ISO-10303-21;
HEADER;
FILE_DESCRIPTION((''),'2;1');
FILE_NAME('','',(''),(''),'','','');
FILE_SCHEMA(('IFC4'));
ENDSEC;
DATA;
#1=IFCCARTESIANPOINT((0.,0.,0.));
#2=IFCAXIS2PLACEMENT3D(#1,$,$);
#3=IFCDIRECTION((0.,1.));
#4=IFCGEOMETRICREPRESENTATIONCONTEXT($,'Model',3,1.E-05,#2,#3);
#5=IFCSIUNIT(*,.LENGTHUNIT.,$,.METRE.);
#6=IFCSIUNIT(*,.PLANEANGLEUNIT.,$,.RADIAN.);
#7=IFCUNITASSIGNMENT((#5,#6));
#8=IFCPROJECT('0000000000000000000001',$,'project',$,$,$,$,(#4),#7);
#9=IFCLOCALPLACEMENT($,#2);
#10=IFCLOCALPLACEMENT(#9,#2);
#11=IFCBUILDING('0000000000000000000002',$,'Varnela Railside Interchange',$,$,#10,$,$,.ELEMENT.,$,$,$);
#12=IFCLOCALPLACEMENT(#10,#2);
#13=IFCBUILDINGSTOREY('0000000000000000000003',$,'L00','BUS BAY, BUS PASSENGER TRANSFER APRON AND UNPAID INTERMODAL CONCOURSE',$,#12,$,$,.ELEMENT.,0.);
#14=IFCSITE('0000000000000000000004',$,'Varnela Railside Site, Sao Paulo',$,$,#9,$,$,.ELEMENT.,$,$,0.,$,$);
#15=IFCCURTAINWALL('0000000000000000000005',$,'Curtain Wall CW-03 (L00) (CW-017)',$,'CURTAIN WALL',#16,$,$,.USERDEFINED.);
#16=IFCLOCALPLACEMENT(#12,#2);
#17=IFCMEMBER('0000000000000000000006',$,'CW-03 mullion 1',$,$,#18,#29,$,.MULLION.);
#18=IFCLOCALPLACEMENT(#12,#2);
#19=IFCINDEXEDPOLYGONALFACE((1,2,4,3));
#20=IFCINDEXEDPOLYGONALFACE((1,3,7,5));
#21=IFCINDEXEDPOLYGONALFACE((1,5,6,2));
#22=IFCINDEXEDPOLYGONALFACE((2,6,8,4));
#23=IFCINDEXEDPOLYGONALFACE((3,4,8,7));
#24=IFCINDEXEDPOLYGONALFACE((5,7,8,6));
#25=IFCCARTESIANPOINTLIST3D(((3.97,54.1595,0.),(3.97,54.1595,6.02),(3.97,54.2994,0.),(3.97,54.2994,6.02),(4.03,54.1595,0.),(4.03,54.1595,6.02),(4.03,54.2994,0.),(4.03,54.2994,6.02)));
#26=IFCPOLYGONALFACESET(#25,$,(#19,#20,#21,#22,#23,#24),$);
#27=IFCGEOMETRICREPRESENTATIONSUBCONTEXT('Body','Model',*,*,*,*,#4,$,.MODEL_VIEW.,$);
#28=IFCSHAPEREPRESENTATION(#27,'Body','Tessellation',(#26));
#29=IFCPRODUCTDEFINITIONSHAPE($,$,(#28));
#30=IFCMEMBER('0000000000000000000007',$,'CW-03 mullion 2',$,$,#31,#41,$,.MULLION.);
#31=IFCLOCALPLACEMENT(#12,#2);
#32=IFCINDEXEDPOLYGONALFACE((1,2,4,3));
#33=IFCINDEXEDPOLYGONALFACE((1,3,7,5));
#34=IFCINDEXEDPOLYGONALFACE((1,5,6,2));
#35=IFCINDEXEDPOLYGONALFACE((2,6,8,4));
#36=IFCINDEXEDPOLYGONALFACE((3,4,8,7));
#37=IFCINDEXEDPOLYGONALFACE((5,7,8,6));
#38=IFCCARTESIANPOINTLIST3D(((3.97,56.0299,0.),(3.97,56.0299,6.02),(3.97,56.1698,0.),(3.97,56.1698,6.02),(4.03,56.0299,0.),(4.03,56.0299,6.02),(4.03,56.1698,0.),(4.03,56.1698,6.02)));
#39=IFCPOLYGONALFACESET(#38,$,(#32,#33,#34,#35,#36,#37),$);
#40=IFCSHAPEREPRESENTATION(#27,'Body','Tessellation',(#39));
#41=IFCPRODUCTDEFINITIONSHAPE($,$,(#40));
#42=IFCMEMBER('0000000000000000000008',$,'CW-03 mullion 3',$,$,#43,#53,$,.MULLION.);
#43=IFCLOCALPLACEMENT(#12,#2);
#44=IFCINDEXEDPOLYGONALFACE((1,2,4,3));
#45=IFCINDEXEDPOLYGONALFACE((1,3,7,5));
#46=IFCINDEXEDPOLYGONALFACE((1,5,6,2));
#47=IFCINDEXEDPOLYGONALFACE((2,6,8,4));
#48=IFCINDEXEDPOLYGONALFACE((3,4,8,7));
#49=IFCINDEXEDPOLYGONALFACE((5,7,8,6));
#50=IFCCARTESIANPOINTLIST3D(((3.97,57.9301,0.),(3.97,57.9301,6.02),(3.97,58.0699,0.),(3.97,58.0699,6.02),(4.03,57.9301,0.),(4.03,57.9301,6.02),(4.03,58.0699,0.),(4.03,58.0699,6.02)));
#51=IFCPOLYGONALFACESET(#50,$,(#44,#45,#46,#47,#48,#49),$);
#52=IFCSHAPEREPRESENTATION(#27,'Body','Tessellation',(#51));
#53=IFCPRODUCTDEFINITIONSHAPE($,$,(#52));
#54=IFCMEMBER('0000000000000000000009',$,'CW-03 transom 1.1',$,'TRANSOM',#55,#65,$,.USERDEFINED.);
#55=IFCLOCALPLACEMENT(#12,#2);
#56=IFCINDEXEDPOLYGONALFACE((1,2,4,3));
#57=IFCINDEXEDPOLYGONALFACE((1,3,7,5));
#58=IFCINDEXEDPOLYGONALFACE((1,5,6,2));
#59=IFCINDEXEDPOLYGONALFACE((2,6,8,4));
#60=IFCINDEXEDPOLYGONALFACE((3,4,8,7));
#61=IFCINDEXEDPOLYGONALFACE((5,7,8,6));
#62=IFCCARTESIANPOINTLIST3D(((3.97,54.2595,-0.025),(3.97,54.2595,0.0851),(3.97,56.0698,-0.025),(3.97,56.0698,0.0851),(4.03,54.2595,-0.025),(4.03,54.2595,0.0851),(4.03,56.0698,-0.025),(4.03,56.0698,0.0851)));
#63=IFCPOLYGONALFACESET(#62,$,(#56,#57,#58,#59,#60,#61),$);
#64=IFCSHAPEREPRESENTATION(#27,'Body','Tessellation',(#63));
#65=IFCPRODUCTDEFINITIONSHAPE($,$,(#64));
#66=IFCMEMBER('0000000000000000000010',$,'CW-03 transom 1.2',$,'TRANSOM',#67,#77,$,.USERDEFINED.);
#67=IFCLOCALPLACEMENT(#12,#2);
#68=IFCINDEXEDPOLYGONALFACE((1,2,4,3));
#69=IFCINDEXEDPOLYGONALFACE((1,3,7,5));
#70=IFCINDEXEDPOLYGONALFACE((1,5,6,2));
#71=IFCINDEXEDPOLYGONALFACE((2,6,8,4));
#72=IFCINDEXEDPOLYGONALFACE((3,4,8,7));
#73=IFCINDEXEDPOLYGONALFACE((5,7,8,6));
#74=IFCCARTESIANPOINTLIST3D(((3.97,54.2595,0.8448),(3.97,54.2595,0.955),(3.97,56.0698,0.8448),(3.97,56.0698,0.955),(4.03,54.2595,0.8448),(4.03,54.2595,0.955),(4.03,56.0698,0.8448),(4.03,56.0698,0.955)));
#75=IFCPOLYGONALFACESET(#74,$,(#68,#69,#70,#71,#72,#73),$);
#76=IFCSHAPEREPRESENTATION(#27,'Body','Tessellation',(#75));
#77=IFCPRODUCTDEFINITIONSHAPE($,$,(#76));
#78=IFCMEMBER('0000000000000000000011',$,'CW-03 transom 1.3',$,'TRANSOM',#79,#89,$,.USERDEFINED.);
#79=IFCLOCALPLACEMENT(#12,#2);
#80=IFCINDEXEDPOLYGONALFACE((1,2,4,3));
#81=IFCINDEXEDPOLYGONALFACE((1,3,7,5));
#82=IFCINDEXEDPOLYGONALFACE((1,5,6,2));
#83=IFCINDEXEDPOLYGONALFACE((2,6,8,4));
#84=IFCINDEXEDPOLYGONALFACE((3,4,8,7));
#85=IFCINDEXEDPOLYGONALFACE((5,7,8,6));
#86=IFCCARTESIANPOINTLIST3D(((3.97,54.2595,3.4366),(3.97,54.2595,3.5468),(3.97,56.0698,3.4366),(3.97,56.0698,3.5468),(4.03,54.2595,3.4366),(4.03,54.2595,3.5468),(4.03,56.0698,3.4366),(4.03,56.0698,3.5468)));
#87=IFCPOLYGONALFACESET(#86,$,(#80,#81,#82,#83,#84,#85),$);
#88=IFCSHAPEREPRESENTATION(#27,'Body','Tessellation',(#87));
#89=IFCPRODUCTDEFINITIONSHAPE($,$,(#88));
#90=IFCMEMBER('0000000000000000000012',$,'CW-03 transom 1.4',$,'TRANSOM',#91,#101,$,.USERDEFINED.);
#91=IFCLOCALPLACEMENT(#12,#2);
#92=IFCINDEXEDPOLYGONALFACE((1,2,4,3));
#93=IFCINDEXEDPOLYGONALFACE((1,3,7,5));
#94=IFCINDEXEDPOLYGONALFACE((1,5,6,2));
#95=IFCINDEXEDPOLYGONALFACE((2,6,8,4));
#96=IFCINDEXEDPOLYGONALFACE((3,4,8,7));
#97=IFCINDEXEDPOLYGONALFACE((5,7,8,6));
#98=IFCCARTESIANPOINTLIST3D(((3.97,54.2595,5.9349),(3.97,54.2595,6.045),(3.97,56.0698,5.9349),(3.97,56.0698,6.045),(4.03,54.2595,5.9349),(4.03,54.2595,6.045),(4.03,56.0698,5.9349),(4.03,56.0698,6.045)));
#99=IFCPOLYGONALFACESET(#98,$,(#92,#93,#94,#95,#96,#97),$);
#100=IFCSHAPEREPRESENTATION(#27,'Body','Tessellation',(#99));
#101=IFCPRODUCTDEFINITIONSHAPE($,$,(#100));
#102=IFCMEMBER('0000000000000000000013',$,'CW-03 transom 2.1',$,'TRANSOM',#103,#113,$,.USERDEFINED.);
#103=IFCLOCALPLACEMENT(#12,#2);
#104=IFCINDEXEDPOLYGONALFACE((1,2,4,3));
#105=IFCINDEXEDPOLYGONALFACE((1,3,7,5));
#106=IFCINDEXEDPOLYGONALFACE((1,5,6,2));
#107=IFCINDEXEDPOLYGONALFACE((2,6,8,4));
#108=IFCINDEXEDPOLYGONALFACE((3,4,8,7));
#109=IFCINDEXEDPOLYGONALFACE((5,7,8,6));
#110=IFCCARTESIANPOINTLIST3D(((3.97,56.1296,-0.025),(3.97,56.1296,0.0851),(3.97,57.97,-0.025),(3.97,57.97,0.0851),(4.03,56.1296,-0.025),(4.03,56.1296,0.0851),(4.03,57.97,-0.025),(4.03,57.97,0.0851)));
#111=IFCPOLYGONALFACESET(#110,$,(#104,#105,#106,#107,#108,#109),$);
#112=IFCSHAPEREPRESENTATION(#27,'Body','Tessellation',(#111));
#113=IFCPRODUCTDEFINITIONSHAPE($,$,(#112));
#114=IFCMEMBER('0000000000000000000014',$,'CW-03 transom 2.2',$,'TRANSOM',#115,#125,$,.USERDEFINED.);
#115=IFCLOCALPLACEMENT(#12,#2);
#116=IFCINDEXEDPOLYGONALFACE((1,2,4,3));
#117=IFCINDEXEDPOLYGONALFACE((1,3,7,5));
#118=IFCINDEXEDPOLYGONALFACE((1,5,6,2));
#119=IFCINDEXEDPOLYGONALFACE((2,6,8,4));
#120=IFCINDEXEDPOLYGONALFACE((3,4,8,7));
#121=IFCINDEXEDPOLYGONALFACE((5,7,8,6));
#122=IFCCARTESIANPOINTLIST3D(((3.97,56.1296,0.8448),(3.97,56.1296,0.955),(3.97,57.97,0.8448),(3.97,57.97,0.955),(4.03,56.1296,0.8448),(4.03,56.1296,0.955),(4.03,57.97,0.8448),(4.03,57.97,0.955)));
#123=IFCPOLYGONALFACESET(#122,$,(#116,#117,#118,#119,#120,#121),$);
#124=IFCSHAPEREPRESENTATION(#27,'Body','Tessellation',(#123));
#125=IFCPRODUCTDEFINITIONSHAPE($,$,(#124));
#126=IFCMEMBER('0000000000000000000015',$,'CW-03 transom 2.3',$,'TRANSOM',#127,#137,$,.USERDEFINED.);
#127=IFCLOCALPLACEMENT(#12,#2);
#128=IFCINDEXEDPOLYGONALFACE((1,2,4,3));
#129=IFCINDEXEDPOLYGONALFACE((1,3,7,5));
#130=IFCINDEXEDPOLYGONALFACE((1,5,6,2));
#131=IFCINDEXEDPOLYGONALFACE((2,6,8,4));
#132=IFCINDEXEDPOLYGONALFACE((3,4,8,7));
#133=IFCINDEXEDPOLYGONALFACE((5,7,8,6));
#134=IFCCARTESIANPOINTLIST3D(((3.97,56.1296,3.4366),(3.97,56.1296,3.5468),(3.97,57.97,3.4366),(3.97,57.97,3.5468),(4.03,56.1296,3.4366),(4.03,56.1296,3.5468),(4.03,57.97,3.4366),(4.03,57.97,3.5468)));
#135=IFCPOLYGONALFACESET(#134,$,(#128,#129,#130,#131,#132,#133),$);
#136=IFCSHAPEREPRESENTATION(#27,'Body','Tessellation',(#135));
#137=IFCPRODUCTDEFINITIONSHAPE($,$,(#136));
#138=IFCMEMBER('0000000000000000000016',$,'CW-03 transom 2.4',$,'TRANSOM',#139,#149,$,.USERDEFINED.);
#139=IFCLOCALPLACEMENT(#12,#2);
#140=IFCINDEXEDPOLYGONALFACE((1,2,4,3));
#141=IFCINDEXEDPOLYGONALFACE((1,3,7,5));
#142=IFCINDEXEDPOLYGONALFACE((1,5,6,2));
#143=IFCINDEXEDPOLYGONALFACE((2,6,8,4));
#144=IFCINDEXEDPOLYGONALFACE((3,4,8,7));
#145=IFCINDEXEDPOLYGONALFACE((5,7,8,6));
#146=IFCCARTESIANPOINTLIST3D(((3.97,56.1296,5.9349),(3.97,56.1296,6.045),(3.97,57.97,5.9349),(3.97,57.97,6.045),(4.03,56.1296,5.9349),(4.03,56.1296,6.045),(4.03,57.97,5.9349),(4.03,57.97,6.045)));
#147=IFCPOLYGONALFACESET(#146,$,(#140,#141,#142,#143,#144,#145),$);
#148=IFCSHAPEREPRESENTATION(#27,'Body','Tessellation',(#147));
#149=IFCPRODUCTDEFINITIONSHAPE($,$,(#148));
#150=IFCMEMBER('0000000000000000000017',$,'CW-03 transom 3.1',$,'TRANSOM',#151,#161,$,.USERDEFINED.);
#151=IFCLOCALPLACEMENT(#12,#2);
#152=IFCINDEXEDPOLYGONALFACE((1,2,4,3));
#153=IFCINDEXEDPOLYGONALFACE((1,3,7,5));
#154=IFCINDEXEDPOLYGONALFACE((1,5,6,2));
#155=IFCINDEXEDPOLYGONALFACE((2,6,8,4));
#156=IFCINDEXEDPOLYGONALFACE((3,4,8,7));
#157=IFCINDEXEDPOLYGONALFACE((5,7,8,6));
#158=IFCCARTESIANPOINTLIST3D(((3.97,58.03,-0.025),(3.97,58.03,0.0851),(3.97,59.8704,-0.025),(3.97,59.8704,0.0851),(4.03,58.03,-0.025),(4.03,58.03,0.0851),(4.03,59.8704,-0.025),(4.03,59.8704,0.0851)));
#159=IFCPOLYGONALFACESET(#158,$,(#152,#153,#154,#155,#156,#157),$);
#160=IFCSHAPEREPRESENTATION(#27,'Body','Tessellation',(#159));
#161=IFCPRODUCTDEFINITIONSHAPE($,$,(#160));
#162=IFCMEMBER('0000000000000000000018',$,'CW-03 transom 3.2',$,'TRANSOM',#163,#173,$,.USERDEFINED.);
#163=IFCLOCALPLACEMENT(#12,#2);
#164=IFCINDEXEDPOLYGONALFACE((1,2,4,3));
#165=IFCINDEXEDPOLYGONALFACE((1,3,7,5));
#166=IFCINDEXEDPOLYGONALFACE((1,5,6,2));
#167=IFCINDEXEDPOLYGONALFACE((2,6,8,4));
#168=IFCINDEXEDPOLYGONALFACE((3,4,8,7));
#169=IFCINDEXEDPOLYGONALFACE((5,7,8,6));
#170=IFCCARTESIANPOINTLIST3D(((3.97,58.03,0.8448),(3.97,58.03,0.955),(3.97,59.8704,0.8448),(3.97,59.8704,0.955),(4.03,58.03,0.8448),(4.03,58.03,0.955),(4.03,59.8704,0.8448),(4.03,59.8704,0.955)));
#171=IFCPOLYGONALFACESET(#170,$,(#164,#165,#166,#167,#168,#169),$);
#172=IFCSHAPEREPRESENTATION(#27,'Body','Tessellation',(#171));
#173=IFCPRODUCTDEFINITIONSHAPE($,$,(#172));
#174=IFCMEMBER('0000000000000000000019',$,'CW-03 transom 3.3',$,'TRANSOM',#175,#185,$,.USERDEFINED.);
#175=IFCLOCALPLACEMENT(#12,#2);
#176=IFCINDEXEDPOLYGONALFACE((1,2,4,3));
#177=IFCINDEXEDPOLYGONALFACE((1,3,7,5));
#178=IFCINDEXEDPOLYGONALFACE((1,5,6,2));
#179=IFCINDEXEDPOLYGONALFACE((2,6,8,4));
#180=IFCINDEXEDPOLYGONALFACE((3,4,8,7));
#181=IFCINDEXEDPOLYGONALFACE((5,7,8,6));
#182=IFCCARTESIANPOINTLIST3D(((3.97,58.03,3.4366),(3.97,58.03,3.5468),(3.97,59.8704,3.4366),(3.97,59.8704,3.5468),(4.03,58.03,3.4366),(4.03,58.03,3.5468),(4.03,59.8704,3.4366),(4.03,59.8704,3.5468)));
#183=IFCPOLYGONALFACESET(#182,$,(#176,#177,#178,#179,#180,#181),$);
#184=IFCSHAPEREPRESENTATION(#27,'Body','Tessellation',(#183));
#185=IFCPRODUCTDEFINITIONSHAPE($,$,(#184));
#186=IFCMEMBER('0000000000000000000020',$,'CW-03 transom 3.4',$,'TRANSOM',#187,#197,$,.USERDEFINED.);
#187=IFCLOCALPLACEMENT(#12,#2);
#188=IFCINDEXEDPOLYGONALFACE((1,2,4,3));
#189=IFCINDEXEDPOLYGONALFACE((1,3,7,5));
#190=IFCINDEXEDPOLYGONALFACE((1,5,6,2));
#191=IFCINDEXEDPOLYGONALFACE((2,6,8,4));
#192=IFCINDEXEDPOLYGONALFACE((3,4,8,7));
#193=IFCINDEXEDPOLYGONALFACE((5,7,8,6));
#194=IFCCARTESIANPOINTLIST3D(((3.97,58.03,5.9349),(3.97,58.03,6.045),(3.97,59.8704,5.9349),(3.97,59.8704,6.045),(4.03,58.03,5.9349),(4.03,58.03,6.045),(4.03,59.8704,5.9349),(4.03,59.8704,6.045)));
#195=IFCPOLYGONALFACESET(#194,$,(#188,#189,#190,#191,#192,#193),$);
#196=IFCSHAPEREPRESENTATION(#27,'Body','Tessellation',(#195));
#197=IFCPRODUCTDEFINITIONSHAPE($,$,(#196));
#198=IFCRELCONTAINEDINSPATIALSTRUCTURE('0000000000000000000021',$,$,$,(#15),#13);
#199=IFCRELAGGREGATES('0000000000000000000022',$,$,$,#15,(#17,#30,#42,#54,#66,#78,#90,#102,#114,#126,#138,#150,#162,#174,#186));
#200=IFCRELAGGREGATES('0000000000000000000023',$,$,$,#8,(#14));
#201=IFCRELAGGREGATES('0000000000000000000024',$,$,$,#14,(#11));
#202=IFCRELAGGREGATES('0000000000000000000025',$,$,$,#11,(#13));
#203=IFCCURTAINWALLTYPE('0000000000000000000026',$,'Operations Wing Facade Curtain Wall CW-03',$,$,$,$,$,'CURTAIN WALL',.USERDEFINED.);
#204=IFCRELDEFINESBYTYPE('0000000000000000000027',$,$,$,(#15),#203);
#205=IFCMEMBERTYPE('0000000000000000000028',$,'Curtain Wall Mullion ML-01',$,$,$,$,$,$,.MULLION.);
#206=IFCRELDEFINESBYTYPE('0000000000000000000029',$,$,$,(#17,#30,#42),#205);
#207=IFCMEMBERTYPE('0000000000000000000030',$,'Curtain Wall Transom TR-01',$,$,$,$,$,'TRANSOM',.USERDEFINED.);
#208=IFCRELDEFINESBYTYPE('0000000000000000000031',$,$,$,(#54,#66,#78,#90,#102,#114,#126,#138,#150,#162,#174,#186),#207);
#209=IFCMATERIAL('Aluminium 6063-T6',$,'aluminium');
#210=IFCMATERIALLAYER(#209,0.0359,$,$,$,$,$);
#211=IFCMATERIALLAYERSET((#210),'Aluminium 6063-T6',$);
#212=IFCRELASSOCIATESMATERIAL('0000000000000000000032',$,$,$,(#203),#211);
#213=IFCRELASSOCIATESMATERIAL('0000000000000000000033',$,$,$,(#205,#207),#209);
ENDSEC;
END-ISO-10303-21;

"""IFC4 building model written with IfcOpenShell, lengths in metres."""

from ifc_helpers import new_model, si_unit, direction, frame, origin, origin_2d, place, context, subcontext, project, spatial, rectangle, extrude, material, layer, layer_set, material_profile, profile_set, type_object, element, aggregate, save


model = new_model("IFC4")

# Units and contexts
model_context = context("Model", 3, precision=1e-05, world=origin(), true_north=direction((0.0, 1.0)))
body_context = subcontext(model_context, "Body", "Model", "MODEL_VIEW")
ifc_project = project(units=[si_unit("LENGTHUNIT", "METRE"), si_unit("PLANEANGLEUNIT", "RADIAN")], contexts=[model_context])

# Site, building, storey
site_placement = place(None, origin())
site = spatial("IfcSite", under=ifc_project, at=site_placement, Name="Varnela Railside Site, Sao Paulo", CompositionType="ELEMENT", RefElevation=0.0)
building_placement = place(site_placement, origin())
building = spatial("IfcBuilding", under=site, at=building_placement, Name="Varnela Railside Interchange", CompositionType="ELEMENT")
storey_placement = place(building_placement, origin())
storey = spatial("IfcBuildingStorey", under=building, at=storey_placement, Name="L00", Description="BUS BAY, BUS PASSENGER TRANSFER APRON AND UNPAID INTERMODAL CONCOURSE", CompositionType="ELEMENT", Elevation=0.0)

# Curtain wall, members
ifc_material_1 = material(Name="Aluminium 6063-T6", Category="aluminium")
ifc_layer_1 = layer(ifc_material_1, 0.0359)
ifc_layer_set_1 = layer_set([ifc_layer_1], Name="Aluminium 6063-T6")
curtain_wall_type = type_object("IfcCurtainWallType", Name="Operations Wing Facade Curtain Wall CW-03", ElementType="CURTAIN WALL", PredefinedType="USERDEFINED", material=ifc_layer_set_1)
curtain_wall_placement = place(storey_placement, origin())
curtain_wall = element("IfcCurtainWall", 1, at=curtain_wall_placement, inside=storey, type_object=curtain_wall_type, Name="Curtain Wall CW-03 (L00) (CW-017)", ObjectType="CURTAIN WALL", PredefinedType="USERDEFINED")
ifc_material_profile_1 = material_profile(ifc_material_1, rectangle(XDim=0.0601, YDim=0.1399, at=origin_2d()), Name="ALU 60x140")
ifc_profile_set_1 = profile_set([ifc_material_profile_1], Name="Aluminium 6063-T6")
member_type_1 = type_object("IfcMemberType", Name="Curtain Wall Mullion ML-01", PredefinedType="MULLION", material=ifc_profile_set_1)
member_1_placement = place(storey_placement, frame((4.0, 54.2295, 0.0), z_axis=(0.0, 0.0, 1.0), x_axis=(-1.0, 0.0, 0.0)))
member_1 = element("IfcMember", 2, at=member_1_placement, type_object=member_type_1, Name="CW-03 mullion 1", PredefinedType="MULLION", context=body_context, shape_type="SweptSolid", body=[
    extrude(rectangle(XDim=0.0601, YDim=0.1399, at=origin_2d()), origin(), (0.0, 0.0, 1.0), 6.02),
])
member_2_placement = place(storey_placement, frame((4.0, 56.0999, 0.0), z_axis=(0.0, 0.0, 1.0), x_axis=(-1.0, 0.0, 0.0)))
member_2 = element("IfcMember", 3, at=member_2_placement, type_object=member_type_1, Name="CW-03 mullion 2", PredefinedType="MULLION", context=body_context, shape_type="SweptSolid", body=[
    extrude(rectangle(XDim=0.0601, YDim=0.1399, at=origin_2d()), origin(), (0.0, 0.0, 1.0), 6.02),
])
member_3_placement = place(storey_placement, frame((4.0, 58.0, 0.0), z_axis=(0.0, 0.0, 1.0), x_axis=(-1.0, 0.0, 0.0)))
member_3 = element("IfcMember", 4, at=member_3_placement, type_object=member_type_1, Name="CW-03 mullion 3", PredefinedType="MULLION", context=body_context, shape_type="SweptSolid", body=[
    extrude(rectangle(XDim=0.0601, YDim=0.1399, at=origin_2d()), origin(), (0.0, 0.0, 1.0), 6.02),
])
ifc_material_profile_2 = material_profile(ifc_material_1, rectangle(XDim=0.0601, YDim=0.1101, at=origin_2d()), Name="ALU 60x110")
ifc_profile_set_2 = profile_set([ifc_material_profile_2], Name="Aluminium 6063-T6")
member_type_2 = type_object("IfcMemberType", Name="Curtain Wall Transom TR-01", ElementType="TRANSOM", PredefinedType="USERDEFINED", material=ifc_profile_set_2)
member_4_placement = place(storey_placement, frame((4.0, 54.2595, 0.03), z_axis=(0.0, 1.0, 0.0), x_axis=(-1.0, 0.0, 0.0)))
member_4 = element("IfcMember", 5, at=member_4_placement, type_object=member_type_2, Name="CW-03 transom 1.1", ObjectType="TRANSOM", PredefinedType="USERDEFINED", context=body_context, shape_type="SweptSolid", body=[
    extrude(rectangle(XDim=0.0601, YDim=0.1101, at=origin_2d()), origin(), (0.0, 0.0, 1.0), 1.8103),
])
member_5_placement = place(storey_placement, frame((4.0, 54.2595, 0.8999), z_axis=(0.0, 1.0, 0.0), x_axis=(-1.0, 0.0, 0.0)))
member_5 = element("IfcMember", 6, at=member_5_placement, type_object=member_type_2, Name="CW-03 transom 1.2", ObjectType="TRANSOM", PredefinedType="USERDEFINED", context=body_context, shape_type="SweptSolid", body=[
    extrude(rectangle(XDim=0.0601, YDim=0.1101, at=origin_2d()), origin(), (0.0, 0.0, 1.0), 1.8103),
])
member_6_placement = place(storey_placement, frame((4.0, 54.2595, 3.4917), z_axis=(0.0, 1.0, 0.0), x_axis=(-1.0, 0.0, 0.0)))
member_6 = element("IfcMember", 7, at=member_6_placement, type_object=member_type_2, Name="CW-03 transom 1.3", ObjectType="TRANSOM", PredefinedType="USERDEFINED", context=body_context, shape_type="SweptSolid", body=[
    extrude(rectangle(XDim=0.0601, YDim=0.1101, at=origin_2d()), origin(), (0.0, 0.0, 1.0), 1.8103),
])
member_7_placement = place(storey_placement, frame((4.0, 54.2595, 5.99), z_axis=(0.0, 1.0, 0.0), x_axis=(-1.0, 0.0, 0.0)))
member_7 = element("IfcMember", 8, at=member_7_placement, type_object=member_type_2, Name="CW-03 transom 1.4", ObjectType="TRANSOM", PredefinedType="USERDEFINED", context=body_context, shape_type="SweptSolid", body=[
    extrude(rectangle(XDim=0.0601, YDim=0.1101, at=origin_2d()), origin(), (0.0, 0.0, 1.0), 1.8103),
])
member_8_placement = place(storey_placement, frame((4.0, 56.1296, 0.03), z_axis=(0.0, 1.0, 0.0), x_axis=(-1.0, 0.0, 0.0)))
member_8 = element("IfcMember", 9, at=member_8_placement, type_object=member_type_2, Name="CW-03 transom 2.1", ObjectType="TRANSOM", PredefinedType="USERDEFINED", context=body_context, shape_type="SweptSolid", body=[
    extrude(rectangle(XDim=0.0601, YDim=0.1101, at=origin_2d()), origin(), (0.0, 0.0, 1.0), 1.8403),
])
member_9_placement = place(storey_placement, frame((4.0, 56.1296, 0.8999), z_axis=(0.0, 1.0, 0.0), x_axis=(-1.0, 0.0, 0.0)))
member_9 = element("IfcMember", 10, at=member_9_placement, type_object=member_type_2, Name="CW-03 transom 2.2", ObjectType="TRANSOM", PredefinedType="USERDEFINED", context=body_context, shape_type="SweptSolid", body=[
    extrude(rectangle(XDim=0.0601, YDim=0.1101, at=origin_2d()), origin(), (0.0, 0.0, 1.0), 1.8403),
])
member_10_placement = place(storey_placement, frame((4.0, 56.1296, 3.4917), z_axis=(0.0, 1.0, 0.0), x_axis=(-1.0, 0.0, 0.0)))
member_10 = element("IfcMember", 11, at=member_10_placement, type_object=member_type_2, Name="CW-03 transom 2.3", ObjectType="TRANSOM", PredefinedType="USERDEFINED", context=body_context, shape_type="SweptSolid", body=[
    extrude(rectangle(XDim=0.0601, YDim=0.1101, at=origin_2d()), origin(), (0.0, 0.0, 1.0), 1.8403),
])
member_11_placement = place(storey_placement, frame((4.0, 56.1296, 5.99), z_axis=(0.0, 1.0, 0.0), x_axis=(-1.0, 0.0, 0.0)))
member_11 = element("IfcMember", 12, at=member_11_placement, type_object=member_type_2, Name="CW-03 transom 2.4", ObjectType="TRANSOM", PredefinedType="USERDEFINED", context=body_context, shape_type="SweptSolid", body=[
    extrude(rectangle(XDim=0.0601, YDim=0.1101, at=origin_2d()), origin(), (0.0, 0.0, 1.0), 1.8403),
])
member_12_placement = place(storey_placement, frame((4.0, 58.03, 0.03), z_axis=(0.0, 1.0, 0.0), x_axis=(-1.0, 0.0, 0.0)))
member_12 = element("IfcMember", 13, at=member_12_placement, type_object=member_type_2, Name="CW-03 transom 3.1", ObjectType="TRANSOM", PredefinedType="USERDEFINED", context=body_context, shape_type="SweptSolid", body=[
    extrude(rectangle(XDim=0.0601, YDim=0.1101, at=origin_2d()), origin(), (0.0, 0.0, 1.0), 1.8403),
])
member_13_placement = place(storey_placement, frame((4.0, 58.03, 0.8999), z_axis=(0.0, 1.0, 0.0), x_axis=(-1.0, 0.0, 0.0)))
member_13 = element("IfcMember", 14, at=member_13_placement, type_object=member_type_2, Name="CW-03 transom 3.2", ObjectType="TRANSOM", PredefinedType="USERDEFINED", context=body_context, shape_type="SweptSolid", body=[
    extrude(rectangle(XDim=0.0601, YDim=0.1101, at=origin_2d()), origin(), (0.0, 0.0, 1.0), 1.8403),
])
member_14_placement = place(storey_placement, frame((4.0, 58.03, 3.4917), z_axis=(0.0, 1.0, 0.0), x_axis=(-1.0, 0.0, 0.0)))
member_14 = element("IfcMember", 15, at=member_14_placement, type_object=member_type_2, Name="CW-03 transom 3.3", ObjectType="TRANSOM", PredefinedType="USERDEFINED", context=body_context, shape_type="SweptSolid", body=[
    extrude(rectangle(XDim=0.0601, YDim=0.1101, at=origin_2d()), origin(), (0.0, 0.0, 1.0), 1.8403),
])
member_15_placement = place(storey_placement, frame((4.0, 58.03, 5.99), z_axis=(0.0, 1.0, 0.0), x_axis=(-1.0, 0.0, 0.0)))
member_15 = element("IfcMember", 16, at=member_15_placement, type_object=member_type_2, Name="CW-03 transom 3.4", ObjectType="TRANSOM", PredefinedType="USERDEFINED", context=body_context, shape_type="SweptSolid", body=[
    extrude(rectangle(XDim=0.0601, YDim=0.1101, at=origin_2d()), origin(), (0.0, 0.0, 1.0), 1.8403),
])

aggregate(curtain_wall, [member_1, member_2, member_3, member_4, member_5, member_6, member_7, member_8, member_9, member_10, member_11, member_12, member_13, member_14, member_15])

save(model, "model.ifc")
